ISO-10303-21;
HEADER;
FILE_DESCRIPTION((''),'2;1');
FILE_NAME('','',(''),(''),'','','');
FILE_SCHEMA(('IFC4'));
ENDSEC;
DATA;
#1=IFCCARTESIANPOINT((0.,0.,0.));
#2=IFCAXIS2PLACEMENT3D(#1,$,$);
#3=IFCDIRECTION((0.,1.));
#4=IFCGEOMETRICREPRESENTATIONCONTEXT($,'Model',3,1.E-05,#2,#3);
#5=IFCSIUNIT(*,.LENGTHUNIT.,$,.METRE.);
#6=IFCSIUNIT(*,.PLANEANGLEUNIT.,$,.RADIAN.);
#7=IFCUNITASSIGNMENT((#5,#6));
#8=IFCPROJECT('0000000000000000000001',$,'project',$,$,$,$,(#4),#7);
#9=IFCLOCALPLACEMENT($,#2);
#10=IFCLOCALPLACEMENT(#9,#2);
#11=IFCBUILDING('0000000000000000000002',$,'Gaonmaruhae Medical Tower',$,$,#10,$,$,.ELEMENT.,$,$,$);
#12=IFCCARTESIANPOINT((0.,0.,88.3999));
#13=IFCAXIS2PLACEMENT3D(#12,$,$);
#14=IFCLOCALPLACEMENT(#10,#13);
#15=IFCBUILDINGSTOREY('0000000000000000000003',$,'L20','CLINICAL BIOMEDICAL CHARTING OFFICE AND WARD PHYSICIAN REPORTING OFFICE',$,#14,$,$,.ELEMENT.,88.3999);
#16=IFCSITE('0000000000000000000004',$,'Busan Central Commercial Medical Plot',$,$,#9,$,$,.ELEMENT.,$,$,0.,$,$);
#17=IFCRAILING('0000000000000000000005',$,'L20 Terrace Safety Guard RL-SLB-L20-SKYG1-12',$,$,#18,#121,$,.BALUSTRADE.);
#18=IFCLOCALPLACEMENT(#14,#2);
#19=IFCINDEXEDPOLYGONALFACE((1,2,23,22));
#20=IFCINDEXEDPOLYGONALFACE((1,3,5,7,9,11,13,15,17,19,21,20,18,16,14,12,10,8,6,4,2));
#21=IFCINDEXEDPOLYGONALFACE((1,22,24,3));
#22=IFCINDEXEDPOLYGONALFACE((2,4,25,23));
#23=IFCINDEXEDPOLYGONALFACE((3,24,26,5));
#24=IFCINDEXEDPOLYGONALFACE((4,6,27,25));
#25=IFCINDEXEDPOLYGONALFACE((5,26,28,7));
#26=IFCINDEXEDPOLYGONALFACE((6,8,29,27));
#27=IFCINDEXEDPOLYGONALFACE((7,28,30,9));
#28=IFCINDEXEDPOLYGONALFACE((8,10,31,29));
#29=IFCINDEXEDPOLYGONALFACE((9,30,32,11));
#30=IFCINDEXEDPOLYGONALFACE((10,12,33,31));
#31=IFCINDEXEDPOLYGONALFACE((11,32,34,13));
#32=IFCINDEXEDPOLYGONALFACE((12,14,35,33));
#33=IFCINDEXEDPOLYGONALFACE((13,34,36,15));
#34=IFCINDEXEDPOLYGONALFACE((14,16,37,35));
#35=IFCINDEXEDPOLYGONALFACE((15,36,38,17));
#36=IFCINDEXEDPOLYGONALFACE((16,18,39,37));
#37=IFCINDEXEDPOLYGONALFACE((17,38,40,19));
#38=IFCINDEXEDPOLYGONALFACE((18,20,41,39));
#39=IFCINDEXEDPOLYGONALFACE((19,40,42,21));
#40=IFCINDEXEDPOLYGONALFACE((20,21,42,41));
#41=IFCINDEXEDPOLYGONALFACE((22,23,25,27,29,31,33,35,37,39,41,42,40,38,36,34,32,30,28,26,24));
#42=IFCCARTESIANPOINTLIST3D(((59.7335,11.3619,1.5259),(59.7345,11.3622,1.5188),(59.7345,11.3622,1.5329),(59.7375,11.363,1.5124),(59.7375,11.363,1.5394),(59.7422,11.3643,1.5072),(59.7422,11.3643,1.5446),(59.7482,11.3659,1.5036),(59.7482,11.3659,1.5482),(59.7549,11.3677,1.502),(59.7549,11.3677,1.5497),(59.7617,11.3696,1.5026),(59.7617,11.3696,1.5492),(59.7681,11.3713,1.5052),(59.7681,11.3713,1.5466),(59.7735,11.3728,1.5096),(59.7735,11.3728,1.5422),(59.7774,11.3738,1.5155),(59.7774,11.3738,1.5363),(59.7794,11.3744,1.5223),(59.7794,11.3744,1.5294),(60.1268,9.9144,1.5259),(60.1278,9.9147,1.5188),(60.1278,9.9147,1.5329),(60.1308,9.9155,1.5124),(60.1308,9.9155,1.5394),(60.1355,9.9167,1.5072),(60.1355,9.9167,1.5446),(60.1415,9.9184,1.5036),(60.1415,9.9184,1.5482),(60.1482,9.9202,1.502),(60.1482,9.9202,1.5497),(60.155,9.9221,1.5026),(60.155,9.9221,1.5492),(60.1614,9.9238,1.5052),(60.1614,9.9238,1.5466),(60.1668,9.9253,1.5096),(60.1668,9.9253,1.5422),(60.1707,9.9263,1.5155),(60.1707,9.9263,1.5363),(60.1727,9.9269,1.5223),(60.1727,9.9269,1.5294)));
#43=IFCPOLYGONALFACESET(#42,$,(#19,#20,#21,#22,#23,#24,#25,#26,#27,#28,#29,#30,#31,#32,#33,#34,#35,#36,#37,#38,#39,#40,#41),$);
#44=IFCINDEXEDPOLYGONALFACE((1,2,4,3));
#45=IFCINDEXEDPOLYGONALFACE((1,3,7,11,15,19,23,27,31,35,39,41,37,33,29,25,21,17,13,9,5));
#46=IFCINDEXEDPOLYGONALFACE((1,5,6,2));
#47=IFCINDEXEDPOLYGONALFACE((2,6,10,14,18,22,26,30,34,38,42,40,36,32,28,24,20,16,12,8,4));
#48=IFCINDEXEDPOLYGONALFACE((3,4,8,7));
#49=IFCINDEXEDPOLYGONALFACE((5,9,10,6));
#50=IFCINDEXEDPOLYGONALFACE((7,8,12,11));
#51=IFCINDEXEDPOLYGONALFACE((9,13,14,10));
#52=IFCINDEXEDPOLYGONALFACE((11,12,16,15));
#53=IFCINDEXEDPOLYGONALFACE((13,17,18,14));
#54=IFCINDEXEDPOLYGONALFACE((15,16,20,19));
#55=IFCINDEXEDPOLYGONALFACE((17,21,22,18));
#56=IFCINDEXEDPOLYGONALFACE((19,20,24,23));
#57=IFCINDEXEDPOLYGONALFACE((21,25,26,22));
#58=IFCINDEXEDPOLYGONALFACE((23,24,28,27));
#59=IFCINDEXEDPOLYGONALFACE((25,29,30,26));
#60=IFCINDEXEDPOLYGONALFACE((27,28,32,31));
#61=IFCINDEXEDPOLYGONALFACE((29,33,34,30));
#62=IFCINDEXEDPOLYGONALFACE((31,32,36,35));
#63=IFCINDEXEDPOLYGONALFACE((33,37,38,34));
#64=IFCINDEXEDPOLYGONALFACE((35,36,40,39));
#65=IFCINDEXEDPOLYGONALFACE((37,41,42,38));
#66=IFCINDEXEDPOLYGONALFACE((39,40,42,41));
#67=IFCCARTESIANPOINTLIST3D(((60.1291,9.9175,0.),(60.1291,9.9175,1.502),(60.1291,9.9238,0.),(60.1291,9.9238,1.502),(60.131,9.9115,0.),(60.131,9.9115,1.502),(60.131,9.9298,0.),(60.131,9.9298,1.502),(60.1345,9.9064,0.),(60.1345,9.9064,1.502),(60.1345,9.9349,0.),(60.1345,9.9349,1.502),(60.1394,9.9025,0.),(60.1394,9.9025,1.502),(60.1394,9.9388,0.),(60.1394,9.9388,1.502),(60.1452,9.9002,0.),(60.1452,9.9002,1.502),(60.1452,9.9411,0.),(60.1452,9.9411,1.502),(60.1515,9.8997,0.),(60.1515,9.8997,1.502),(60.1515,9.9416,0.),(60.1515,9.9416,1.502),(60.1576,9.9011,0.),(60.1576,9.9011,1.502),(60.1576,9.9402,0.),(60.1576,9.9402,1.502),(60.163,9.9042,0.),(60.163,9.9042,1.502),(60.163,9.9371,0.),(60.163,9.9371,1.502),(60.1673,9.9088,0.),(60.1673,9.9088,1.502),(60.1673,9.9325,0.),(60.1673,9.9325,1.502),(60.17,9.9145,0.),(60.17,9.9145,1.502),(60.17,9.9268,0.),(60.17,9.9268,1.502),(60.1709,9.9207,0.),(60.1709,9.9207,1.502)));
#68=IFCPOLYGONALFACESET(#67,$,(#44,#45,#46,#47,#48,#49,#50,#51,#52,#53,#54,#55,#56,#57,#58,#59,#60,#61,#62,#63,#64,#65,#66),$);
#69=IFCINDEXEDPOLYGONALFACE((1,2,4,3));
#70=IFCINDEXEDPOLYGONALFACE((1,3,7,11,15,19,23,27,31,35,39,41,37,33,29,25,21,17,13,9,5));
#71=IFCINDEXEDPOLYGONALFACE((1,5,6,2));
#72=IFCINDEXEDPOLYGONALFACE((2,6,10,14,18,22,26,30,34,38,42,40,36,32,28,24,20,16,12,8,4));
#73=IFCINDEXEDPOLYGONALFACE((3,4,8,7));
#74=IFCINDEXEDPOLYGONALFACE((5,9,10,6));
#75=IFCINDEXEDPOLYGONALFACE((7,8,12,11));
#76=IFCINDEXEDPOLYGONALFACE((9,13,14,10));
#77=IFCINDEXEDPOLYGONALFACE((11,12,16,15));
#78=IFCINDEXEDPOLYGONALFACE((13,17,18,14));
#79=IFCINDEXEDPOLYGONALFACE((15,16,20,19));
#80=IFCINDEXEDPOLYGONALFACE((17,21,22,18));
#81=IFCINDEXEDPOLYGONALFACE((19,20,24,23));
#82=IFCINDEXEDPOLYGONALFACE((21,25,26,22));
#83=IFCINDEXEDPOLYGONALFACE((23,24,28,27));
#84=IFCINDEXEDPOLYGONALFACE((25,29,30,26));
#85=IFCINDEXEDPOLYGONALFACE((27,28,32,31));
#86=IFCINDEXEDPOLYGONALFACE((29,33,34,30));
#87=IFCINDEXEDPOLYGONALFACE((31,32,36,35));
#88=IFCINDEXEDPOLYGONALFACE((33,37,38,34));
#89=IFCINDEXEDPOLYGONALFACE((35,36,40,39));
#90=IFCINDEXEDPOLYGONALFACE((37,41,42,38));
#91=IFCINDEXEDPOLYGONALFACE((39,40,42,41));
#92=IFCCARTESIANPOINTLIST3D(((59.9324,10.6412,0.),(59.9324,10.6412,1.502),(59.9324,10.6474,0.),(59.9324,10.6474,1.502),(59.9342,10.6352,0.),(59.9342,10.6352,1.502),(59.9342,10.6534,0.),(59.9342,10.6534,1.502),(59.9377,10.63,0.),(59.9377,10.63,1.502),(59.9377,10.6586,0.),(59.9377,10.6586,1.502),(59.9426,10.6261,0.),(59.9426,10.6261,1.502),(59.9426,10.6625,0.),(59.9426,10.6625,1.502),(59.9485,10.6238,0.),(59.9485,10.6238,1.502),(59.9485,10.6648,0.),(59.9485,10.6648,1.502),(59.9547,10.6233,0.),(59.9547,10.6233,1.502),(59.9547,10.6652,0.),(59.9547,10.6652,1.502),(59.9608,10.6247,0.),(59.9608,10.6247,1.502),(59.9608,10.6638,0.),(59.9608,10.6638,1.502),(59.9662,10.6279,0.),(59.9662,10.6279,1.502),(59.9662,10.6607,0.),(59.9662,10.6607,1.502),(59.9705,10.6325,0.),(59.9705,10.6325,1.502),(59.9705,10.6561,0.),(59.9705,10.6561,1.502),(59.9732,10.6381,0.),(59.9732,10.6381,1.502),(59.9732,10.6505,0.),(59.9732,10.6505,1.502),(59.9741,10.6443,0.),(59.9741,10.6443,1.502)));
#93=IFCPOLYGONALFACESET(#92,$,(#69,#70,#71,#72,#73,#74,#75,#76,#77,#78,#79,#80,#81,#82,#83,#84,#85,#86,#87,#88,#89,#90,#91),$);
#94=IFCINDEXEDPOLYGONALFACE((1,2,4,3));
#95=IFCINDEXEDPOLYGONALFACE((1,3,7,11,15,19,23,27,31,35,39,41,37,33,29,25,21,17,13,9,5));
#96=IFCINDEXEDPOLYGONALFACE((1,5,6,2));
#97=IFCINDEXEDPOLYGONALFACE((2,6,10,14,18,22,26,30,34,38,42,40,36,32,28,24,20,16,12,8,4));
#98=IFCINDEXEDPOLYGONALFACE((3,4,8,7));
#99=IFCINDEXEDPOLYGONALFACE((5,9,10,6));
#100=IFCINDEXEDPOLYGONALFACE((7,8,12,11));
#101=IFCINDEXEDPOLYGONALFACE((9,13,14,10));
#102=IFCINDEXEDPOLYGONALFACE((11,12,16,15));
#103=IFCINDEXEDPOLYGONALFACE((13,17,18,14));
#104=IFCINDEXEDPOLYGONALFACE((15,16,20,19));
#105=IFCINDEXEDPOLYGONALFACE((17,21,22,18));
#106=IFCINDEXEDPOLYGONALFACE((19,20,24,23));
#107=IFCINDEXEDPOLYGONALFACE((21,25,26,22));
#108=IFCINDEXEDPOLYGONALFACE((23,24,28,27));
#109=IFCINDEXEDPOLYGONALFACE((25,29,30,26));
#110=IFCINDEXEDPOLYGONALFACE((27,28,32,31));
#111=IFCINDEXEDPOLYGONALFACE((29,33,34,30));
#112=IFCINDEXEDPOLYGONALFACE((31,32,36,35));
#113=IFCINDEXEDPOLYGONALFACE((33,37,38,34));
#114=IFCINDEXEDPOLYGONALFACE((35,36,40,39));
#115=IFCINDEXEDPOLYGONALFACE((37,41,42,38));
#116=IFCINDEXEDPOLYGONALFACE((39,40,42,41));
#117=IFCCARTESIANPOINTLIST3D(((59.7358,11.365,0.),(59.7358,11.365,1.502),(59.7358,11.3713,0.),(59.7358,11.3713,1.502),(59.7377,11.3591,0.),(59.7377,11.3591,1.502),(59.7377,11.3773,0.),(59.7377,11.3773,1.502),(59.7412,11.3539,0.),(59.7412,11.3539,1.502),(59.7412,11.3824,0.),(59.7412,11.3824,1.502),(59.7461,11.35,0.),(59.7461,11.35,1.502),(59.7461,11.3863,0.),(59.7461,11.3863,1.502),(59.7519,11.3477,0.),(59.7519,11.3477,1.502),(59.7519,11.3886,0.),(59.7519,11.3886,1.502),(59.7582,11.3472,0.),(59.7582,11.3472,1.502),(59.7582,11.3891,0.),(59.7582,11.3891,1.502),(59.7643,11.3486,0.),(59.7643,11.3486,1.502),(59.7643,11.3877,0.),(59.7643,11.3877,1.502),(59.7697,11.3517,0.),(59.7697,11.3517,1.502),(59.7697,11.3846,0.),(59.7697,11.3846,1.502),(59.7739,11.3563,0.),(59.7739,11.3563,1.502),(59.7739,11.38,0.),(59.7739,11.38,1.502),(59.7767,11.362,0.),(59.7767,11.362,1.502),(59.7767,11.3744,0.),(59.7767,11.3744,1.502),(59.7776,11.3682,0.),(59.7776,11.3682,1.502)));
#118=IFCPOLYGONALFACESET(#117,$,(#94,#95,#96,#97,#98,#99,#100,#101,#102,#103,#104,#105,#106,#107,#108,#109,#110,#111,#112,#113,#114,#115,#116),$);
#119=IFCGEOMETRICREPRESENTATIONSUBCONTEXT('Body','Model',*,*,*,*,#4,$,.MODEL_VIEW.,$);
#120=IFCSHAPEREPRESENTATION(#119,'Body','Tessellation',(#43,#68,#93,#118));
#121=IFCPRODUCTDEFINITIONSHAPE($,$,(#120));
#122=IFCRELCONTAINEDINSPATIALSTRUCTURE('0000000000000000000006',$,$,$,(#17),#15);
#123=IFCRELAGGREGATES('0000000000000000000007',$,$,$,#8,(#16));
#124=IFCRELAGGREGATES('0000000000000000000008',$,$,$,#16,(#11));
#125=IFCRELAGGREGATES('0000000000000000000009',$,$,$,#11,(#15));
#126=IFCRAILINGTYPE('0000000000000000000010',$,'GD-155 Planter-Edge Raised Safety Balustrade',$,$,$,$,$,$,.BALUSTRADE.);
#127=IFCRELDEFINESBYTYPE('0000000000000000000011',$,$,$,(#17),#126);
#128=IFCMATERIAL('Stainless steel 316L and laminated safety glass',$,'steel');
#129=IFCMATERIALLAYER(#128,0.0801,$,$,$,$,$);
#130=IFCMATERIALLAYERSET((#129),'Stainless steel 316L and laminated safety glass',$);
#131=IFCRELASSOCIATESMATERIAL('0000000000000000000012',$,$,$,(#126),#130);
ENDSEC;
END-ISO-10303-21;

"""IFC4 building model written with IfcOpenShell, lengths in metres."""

from ifc_helpers import new_model, si_unit, direction, frame, origin, origin_2d, place, context, subcontext, project, spatial, circle, extrude, material, layer, layer_set, type_object, element, save


model = new_model("IFC4")

# Units and contexts
model_context = context("Model", 3, precision=1e-05, world=origin(), true_north=direction((0.0, 1.0)))
body_context = subcontext(model_context, "Body", "Model", "MODEL_VIEW")
ifc_project = project(units=[si_unit("LENGTHUNIT", "METRE"), si_unit("PLANEANGLEUNIT", "RADIAN")], contexts=[model_context])

# Site, building, storey
site_placement = place(None, origin())
site = spatial("IfcSite", under=ifc_project, at=site_placement, Name="Busan Central Commercial Medical Plot", CompositionType="ELEMENT", RefElevation=0.0)
building_placement = place(site_placement, origin())
building = spatial("IfcBuilding", under=site, at=building_placement, Name="Gaonmaruhae Medical Tower", CompositionType="ELEMENT")
storey_placement = place(building_placement, frame((0.0, 0.0, 88.3999)))
storey = spatial("IfcBuildingStorey", under=building, at=storey_placement, Name="L20", Description="CLINICAL BIOMEDICAL CHARTING OFFICE AND WARD PHYSICIAN REPORTING OFFICE", CompositionType="ELEMENT", Elevation=88.3999)

# Railing
ifc_material_1 = material(Name="Stainless steel 316L and laminated safety glass", Category="steel")
ifc_layer_1 = layer(ifc_material_1, 0.0801)
ifc_layer_set_1 = layer_set([ifc_layer_1], Name="Stainless steel 316L and laminated safety glass")
railing_type = type_object("IfcRailingType", Name="GD-155 Planter-Edge Raised Safety Balustrade", PredefinedType="BALUSTRADE", material=ifc_layer_set_1)
railing_1_placement = place(storey_placement, frame((60.1499, 9.9207, 0.0)))
element("IfcRailing", 1, at=railing_1_placement, inside=storey, type_object=railing_type, Name="L20 Terrace Safety Guard RL-SLB-L20-SKYG1-12", PredefinedType="BALUSTRADE", context=body_context, shape_type="SweptSolid", body=[
    extrude(circle(Radius=0.0239, at=origin_2d()), frame((0.0, 0.0, 1.5259), z_axis=(-0.262208, 0.965011, 0.0), x_axis=(-0.965011, -0.262208, 0.0)), (0.0, 0.0, 1.0), 1.5),
    extrude(circle(Radius=0.021, at=origin_2d()), origin(), (0.0, 0.0, 1.0), 1.502),
    extrude(circle(Radius=0.021, at=origin_2d()), frame((-0.1968, 0.7236, 0.0)), (0.0, 0.0, 1.0), 1.502),
    extrude(circle(Radius=0.021, at=origin_2d()), frame((-0.3933, 1.4475, 0.0)), (0.0, 0.0, 1.0), 1.502),
])

save(model, "model.ifc")
